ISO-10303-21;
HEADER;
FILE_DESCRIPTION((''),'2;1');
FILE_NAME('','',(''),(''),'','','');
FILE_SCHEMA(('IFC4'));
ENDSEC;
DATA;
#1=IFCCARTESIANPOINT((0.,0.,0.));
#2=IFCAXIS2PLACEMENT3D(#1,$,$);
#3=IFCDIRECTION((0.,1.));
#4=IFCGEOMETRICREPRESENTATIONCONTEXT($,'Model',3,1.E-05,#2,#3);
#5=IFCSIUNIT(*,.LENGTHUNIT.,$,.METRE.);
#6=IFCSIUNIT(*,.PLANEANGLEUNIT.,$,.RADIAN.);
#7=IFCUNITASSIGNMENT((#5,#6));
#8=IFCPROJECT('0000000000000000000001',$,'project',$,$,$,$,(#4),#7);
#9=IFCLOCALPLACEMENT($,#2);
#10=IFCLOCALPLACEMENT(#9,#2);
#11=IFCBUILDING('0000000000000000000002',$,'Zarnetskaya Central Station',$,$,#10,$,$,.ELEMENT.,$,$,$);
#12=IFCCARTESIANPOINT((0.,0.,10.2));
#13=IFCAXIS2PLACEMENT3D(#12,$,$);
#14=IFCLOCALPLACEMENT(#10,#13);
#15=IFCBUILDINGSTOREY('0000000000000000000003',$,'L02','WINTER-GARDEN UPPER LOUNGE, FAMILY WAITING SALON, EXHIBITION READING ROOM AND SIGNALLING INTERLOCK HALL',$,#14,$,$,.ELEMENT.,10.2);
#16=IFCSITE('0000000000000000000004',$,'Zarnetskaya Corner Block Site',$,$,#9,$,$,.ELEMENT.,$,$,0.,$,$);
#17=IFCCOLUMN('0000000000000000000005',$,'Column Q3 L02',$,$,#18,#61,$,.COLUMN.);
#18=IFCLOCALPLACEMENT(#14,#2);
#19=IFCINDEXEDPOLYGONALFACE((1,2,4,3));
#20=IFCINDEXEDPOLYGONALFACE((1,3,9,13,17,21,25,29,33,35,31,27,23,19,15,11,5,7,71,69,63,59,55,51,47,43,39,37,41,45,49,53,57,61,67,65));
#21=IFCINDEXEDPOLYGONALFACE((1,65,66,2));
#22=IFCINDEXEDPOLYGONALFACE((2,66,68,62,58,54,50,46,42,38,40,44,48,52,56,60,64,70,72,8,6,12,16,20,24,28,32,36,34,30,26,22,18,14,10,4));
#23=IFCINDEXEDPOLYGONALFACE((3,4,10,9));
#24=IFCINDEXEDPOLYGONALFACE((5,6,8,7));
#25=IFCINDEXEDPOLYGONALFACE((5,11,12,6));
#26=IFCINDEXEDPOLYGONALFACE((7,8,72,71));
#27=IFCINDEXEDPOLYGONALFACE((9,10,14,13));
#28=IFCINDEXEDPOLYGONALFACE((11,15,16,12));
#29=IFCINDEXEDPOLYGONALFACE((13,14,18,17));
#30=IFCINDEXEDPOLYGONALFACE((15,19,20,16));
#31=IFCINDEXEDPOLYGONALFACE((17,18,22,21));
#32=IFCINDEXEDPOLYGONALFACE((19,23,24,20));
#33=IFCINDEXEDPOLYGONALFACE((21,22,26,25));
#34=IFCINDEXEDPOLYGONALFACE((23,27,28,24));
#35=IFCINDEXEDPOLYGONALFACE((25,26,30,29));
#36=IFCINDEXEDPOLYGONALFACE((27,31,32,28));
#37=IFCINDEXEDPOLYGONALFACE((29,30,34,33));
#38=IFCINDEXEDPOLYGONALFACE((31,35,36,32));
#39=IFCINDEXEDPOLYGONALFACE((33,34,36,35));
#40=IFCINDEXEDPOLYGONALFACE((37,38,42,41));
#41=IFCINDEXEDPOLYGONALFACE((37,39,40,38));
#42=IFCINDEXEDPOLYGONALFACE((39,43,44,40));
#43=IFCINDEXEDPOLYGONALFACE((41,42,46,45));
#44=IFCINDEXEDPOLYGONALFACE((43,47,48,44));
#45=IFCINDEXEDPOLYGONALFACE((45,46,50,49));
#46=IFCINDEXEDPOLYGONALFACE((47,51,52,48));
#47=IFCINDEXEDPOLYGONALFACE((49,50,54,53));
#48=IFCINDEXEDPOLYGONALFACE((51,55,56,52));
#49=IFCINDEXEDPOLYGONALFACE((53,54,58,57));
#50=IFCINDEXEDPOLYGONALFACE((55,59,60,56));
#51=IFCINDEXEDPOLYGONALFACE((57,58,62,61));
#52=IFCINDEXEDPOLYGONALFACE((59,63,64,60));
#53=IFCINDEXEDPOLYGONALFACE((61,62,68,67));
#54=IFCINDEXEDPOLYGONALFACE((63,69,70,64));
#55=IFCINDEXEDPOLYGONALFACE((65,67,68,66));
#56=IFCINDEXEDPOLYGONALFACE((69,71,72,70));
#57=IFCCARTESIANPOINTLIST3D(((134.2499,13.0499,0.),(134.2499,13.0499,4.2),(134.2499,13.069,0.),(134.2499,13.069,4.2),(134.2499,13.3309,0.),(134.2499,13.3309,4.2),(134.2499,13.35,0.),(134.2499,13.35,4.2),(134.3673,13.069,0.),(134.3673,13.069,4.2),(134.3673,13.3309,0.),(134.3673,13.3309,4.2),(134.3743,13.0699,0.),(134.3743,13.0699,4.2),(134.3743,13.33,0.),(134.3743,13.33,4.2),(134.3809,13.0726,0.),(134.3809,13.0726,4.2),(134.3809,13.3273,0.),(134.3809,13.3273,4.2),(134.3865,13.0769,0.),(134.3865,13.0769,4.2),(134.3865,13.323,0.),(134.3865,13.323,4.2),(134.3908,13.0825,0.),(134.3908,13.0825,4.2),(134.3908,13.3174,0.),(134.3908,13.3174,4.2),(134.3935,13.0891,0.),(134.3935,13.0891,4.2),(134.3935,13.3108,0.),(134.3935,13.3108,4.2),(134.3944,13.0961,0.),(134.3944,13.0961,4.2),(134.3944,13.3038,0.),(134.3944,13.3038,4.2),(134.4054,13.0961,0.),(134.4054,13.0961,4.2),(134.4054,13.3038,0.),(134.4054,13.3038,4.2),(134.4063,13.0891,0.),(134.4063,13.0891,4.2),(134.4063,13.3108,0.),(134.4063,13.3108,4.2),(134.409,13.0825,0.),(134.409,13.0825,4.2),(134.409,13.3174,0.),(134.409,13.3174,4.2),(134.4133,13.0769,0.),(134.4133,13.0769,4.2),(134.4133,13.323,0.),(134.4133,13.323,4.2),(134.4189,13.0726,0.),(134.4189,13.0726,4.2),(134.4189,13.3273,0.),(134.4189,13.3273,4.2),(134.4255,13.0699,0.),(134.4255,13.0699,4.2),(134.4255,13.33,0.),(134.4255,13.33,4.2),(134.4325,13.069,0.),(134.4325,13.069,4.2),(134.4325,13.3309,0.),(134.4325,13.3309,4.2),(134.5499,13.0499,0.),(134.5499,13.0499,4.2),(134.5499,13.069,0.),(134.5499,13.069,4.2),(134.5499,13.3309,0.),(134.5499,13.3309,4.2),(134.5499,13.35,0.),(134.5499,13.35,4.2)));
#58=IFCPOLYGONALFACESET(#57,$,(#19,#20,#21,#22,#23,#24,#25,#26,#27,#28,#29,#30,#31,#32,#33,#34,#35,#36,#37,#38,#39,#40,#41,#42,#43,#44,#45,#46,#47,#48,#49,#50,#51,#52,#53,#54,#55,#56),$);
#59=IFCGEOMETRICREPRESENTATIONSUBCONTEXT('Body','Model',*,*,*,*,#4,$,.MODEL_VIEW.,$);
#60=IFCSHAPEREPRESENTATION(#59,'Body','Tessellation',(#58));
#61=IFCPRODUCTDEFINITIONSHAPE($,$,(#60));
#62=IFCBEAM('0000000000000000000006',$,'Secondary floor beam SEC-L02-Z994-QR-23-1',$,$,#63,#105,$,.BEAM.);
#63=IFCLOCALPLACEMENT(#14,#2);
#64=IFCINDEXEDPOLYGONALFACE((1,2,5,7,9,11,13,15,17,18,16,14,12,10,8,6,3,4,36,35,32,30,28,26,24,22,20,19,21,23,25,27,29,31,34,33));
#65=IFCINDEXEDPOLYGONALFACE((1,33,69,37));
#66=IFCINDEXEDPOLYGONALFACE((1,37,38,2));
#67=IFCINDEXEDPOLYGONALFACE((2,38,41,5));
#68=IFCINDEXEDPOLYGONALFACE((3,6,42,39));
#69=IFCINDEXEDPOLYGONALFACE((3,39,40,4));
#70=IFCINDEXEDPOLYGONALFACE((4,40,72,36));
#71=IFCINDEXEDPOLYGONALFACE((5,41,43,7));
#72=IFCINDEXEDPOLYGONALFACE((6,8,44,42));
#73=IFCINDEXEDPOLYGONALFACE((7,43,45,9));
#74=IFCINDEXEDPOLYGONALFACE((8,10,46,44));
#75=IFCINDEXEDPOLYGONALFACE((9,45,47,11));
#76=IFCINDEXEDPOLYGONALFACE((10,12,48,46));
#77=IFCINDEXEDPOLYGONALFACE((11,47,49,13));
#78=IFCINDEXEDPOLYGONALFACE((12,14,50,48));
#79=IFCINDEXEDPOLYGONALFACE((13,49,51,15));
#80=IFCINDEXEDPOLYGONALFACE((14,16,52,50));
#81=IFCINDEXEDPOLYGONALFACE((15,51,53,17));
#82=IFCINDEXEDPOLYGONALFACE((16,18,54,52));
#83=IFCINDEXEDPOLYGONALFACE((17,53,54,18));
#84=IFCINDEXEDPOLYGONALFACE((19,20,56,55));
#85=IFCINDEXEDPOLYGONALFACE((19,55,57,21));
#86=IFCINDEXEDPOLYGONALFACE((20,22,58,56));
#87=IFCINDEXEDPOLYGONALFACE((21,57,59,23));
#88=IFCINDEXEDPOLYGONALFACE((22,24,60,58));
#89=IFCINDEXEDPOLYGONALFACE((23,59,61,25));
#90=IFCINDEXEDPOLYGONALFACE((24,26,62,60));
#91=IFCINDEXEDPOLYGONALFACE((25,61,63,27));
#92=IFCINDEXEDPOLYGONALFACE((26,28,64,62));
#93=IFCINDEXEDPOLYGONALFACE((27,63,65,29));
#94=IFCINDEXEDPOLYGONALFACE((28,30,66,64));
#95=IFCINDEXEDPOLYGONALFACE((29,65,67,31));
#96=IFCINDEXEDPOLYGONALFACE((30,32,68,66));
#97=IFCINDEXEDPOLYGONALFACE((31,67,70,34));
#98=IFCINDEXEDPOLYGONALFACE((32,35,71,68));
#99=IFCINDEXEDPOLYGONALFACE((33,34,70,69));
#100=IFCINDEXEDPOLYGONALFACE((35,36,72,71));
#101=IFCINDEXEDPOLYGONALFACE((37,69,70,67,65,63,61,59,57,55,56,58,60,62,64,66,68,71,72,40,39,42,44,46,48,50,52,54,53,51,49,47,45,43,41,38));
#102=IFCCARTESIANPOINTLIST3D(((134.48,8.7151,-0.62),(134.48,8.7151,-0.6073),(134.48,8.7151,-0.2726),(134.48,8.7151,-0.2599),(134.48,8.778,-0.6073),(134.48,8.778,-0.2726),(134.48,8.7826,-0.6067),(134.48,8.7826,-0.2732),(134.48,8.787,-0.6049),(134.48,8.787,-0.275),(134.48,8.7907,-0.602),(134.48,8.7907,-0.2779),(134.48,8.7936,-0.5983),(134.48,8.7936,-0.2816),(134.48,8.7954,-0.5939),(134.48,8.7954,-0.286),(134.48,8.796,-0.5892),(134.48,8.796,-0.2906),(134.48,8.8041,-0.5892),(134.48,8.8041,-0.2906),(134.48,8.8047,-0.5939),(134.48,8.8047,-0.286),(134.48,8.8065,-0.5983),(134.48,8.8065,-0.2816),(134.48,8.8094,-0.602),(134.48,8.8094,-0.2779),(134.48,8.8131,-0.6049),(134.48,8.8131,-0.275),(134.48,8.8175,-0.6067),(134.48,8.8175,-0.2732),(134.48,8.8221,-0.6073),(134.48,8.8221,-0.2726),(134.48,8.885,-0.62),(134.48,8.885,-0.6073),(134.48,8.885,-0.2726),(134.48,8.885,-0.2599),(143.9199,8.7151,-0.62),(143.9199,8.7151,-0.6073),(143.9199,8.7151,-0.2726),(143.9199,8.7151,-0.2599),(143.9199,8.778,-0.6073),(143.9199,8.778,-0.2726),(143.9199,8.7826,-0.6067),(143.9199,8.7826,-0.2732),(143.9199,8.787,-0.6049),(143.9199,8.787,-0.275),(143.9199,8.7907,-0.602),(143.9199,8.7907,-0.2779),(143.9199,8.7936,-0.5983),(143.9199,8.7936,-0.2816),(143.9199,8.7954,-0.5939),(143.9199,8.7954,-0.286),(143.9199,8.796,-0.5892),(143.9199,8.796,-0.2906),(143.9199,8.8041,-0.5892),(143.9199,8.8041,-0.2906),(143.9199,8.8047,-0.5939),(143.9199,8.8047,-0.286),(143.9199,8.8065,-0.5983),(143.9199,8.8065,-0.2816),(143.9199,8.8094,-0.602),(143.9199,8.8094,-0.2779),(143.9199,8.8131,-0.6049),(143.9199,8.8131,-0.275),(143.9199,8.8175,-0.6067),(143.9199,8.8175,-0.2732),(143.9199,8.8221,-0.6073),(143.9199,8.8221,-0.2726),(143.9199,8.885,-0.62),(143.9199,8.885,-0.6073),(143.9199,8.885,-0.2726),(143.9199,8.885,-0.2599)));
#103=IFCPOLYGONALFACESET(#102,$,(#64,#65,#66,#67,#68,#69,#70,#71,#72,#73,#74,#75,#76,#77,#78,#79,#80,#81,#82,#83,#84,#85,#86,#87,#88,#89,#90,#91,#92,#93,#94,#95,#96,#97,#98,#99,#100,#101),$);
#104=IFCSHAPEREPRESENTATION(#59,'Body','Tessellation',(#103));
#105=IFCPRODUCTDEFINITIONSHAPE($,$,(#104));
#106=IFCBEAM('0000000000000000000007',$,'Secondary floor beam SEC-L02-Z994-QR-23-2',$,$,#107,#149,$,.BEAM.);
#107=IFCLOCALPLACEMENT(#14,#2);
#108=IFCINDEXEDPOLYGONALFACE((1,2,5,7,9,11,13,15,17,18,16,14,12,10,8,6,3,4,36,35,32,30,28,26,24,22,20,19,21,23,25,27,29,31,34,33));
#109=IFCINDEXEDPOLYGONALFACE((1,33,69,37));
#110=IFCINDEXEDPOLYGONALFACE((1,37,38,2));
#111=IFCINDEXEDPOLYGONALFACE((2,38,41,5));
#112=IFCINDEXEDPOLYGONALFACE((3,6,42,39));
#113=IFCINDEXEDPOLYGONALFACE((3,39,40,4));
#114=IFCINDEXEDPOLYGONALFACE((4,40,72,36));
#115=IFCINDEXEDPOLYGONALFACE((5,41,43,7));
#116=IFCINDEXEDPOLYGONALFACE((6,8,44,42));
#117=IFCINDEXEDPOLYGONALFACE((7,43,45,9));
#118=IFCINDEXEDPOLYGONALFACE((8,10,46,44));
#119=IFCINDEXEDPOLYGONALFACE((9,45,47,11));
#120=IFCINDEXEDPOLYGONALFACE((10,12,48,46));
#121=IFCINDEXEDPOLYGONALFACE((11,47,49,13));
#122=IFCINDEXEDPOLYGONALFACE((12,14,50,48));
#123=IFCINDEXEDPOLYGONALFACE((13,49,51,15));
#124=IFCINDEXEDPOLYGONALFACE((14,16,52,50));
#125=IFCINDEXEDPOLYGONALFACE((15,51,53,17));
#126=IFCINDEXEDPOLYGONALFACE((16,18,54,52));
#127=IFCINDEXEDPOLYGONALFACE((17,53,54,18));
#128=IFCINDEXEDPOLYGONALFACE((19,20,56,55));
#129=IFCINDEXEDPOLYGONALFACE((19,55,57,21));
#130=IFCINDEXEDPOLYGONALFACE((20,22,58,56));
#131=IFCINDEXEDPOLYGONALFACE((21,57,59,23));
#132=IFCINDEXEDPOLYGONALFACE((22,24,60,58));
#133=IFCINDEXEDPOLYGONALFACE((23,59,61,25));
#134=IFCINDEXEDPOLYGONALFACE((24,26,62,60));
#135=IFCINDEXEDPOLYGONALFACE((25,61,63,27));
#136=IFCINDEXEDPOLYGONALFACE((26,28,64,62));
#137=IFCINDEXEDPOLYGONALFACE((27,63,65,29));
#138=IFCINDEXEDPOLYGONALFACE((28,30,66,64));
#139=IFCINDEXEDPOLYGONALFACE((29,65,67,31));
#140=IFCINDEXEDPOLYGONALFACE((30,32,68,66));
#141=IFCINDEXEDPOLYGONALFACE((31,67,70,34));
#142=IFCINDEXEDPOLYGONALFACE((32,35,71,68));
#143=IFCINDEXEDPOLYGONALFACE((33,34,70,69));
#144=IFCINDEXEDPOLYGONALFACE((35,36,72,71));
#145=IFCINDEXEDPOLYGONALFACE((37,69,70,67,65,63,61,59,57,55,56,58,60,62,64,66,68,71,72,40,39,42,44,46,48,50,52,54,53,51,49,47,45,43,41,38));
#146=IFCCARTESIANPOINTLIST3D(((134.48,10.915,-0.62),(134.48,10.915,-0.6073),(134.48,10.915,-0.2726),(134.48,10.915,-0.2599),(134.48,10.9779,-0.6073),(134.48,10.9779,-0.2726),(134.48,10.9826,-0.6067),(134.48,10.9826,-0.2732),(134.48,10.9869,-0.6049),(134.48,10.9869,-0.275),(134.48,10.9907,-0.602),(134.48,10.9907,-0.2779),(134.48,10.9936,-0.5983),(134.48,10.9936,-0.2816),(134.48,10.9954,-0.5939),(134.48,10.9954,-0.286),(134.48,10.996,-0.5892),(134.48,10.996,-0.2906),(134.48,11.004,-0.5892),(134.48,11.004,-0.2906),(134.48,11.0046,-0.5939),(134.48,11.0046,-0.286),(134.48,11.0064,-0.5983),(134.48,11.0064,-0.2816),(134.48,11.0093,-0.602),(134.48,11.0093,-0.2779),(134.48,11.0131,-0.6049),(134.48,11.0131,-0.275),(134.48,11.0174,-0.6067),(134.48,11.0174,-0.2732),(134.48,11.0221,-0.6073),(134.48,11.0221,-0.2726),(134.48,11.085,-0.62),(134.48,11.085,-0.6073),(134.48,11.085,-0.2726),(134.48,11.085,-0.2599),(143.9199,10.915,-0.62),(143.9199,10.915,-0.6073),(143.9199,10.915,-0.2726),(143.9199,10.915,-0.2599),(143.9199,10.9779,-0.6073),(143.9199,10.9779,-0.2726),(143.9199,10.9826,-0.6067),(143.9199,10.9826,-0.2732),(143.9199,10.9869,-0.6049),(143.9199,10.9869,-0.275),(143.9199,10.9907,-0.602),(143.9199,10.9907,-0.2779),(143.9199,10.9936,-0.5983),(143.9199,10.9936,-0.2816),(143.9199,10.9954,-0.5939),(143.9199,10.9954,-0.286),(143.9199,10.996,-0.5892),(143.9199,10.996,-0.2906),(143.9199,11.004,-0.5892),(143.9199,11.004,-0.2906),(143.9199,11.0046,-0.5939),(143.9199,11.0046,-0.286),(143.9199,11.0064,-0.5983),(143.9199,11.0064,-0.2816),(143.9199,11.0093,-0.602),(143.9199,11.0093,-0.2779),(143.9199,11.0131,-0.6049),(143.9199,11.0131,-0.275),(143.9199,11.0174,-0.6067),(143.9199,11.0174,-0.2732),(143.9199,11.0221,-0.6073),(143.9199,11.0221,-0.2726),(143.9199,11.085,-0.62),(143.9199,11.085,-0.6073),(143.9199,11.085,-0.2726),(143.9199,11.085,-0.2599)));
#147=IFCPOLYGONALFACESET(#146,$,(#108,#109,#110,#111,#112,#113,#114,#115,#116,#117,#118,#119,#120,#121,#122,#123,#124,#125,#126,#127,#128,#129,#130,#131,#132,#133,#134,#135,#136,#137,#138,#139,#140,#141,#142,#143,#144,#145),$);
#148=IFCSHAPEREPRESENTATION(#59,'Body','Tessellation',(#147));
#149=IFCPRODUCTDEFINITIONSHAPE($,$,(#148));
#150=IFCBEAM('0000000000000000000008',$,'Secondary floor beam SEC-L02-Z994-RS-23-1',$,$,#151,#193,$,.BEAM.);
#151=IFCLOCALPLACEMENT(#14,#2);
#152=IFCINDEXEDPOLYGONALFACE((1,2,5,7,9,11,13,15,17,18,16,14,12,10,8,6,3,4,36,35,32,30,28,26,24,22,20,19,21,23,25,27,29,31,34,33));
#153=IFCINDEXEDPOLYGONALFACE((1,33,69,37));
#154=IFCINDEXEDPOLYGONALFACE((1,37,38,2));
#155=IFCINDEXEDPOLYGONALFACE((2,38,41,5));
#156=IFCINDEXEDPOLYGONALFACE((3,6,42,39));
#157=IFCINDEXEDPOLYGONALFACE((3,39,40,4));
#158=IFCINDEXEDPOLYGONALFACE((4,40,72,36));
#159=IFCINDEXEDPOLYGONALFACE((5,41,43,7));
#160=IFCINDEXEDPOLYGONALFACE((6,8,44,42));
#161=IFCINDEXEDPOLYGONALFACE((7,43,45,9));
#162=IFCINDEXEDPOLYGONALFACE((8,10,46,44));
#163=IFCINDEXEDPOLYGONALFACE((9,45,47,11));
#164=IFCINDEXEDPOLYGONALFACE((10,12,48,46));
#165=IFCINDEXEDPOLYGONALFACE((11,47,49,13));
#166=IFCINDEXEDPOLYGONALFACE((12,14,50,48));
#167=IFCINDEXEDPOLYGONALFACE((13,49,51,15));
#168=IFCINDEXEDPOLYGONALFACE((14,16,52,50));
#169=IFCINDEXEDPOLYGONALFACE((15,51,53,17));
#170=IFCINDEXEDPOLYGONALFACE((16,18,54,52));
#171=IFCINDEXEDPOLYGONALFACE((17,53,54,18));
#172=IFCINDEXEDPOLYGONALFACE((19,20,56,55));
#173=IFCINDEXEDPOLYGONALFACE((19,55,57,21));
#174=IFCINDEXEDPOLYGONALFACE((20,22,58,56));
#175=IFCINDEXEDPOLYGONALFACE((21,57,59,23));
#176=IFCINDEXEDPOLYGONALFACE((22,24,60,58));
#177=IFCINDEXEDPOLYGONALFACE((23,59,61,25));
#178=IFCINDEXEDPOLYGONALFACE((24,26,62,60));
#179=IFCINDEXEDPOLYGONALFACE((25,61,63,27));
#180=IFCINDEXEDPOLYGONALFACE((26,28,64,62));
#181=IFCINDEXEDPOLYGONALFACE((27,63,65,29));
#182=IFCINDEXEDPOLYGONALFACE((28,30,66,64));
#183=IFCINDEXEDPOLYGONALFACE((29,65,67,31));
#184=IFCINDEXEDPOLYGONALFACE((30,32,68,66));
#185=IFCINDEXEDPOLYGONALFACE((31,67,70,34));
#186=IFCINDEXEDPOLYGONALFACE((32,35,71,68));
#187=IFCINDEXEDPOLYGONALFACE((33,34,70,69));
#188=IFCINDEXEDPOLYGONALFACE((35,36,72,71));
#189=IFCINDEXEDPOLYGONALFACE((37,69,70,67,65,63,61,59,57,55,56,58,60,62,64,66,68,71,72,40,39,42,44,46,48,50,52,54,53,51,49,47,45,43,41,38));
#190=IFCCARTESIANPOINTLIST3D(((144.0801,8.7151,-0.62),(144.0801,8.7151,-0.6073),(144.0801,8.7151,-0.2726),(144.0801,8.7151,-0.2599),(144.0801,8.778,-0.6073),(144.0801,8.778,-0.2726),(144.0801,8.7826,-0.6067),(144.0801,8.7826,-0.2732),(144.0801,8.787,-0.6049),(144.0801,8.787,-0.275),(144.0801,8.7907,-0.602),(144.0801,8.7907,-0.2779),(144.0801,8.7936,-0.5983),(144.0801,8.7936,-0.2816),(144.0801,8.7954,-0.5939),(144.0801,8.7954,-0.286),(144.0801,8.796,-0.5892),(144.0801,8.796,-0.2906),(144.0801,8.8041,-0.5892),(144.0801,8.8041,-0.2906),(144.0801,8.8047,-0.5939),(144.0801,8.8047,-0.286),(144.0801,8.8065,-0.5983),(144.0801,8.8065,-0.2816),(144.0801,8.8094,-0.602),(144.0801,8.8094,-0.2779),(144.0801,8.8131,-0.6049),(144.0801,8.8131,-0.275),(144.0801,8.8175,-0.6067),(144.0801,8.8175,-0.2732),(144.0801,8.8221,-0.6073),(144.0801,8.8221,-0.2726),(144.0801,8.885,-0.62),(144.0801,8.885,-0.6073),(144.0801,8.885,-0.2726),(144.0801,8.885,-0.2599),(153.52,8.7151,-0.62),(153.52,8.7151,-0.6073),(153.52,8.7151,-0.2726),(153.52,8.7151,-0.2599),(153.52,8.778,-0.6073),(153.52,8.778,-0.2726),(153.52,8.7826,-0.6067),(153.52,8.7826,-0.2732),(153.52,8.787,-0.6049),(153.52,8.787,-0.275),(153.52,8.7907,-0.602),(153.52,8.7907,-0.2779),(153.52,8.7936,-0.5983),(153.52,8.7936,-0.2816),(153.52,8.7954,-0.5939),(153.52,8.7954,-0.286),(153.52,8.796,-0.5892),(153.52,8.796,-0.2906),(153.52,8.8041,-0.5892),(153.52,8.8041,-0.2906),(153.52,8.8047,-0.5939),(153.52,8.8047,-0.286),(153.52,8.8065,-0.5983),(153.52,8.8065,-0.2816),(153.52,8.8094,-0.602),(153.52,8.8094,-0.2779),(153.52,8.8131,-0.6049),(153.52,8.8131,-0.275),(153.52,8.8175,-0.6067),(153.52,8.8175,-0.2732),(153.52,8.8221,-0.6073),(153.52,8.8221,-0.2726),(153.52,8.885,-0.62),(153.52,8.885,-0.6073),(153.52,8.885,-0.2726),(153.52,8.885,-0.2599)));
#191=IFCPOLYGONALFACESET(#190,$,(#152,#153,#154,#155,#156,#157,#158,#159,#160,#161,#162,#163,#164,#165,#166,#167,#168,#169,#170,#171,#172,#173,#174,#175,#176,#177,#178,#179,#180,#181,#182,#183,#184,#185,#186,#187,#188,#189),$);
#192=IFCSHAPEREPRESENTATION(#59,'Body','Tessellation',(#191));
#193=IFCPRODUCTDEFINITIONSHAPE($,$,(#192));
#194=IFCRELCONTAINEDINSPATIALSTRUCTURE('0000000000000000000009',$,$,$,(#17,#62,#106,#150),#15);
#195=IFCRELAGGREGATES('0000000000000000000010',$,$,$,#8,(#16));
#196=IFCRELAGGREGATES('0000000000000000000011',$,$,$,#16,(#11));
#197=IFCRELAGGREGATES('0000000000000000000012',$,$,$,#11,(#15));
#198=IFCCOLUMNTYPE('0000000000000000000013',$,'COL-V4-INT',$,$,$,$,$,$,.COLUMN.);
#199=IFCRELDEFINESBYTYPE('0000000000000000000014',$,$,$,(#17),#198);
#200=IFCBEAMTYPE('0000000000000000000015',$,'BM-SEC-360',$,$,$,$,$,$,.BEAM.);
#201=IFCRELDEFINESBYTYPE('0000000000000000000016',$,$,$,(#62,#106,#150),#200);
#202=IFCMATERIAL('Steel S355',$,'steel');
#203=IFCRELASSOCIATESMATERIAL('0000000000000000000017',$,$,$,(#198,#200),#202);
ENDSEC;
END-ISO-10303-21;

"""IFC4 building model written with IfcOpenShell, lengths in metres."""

from ifc_helpers import new_model, si_unit, direction, frame, origin, origin_2d, place, context, subcontext, project, spatial, i_section, extrude, material, material_profile, profile_set, type_object, element, save


model = new_model("IFC4")

# Units and contexts
model_context = context("Model", 3, precision=1e-05, world=origin(), true_north=direction((0.0, 1.0)))
body_context = subcontext(model_context, "Body", "Model", "MODEL_VIEW")
ifc_project = project(units=[si_unit("LENGTHUNIT", "METRE"), si_unit("PLANEANGLEUNIT", "RADIAN")], contexts=[model_context])

# Site, building, storey
site_placement = place(None, origin())
site = spatial("IfcSite", under=ifc_project, at=site_placement, Name="Zarnetskaya Corner Block Site", CompositionType="ELEMENT", RefElevation=0.0)
building_placement = place(site_placement, origin())
building = spatial("IfcBuilding", under=site, at=building_placement, Name="Zarnetskaya Central Station", CompositionType="ELEMENT")
storey_placement = place(building_placement, frame((0.0, 0.0, 10.2)))
storey = spatial("IfcBuildingStorey", under=building, at=storey_placement, Name="L02", Description="WINTER-GARDEN UPPER LOUNGE, FAMILY WAITING SALON, EXHIBITION READING ROOM AND SIGNALLING INTERLOCK HALL", CompositionType="ELEMENT", Elevation=10.2)

# Column
ifc_material_1 = material(Name="Steel S355", Category="steel")
ifc_material_profile_1 = material_profile(ifc_material_1, i_section(OverallWidth=0.3, OverallDepth=0.3, WebThickness=0.011, FlangeThickness=0.019, FilletRadius=0.0271, at=origin_2d()), Name="HEB 300")
ifc_profile_set_1 = profile_set([ifc_material_profile_1], Name="Steel S355")
column_type = type_object("IfcColumnType", Name="COL-V4-INT", PredefinedType="COLUMN", material=ifc_profile_set_1)
column_placement = place(storey_placement, frame((134.3999, 13.2, 0.0), z_axis=(0.0, 0.0, 1.0), x_axis=(1.0, 0.0, 0.0)))
element("IfcColumn", 1, at=column_placement, inside=storey, type_object=column_type, Name="Column Q3 L02", PredefinedType="COLUMN", context=body_context, shape_type="SweptSolid", body=[
    extrude(i_section(OverallWidth=0.3, OverallDepth=0.3, WebThickness=0.011, FlangeThickness=0.019, FilletRadius=0.0271, at=origin_2d()), origin(), (0.0, 0.0, 1.0), 4.2),
])

# Beams
ifc_material_profile_2 = material_profile(ifc_material_1, i_section(OverallWidth=0.1699, OverallDepth=0.3601, WebThickness=0.0081, FlangeThickness=0.0127, FilletRadius=0.0181, at=origin_2d()), Name="IPE 360")
ifc_profile_set_2 = profile_set([ifc_material_profile_2], Name="Steel S355")
beam_type_1 = type_object("IfcBeamType", Name="BM-SEC-360", PredefinedType="BEAM", material=ifc_profile_set_2)
for number, where, z_axis, x_axis, name in (
    (2, (134.48, 8.8, -0.4399), (1.0, 0.0, 0.0), (0.0, 1.0, 0.0), "Secondary floor beam SEC-L02-Z994-QR-23-1"),
    (3, (134.48, 11.0, -0.4399), (1.0, 0.0, 0.0), (0.0, 1.0, 0.0), "Secondary floor beam SEC-L02-Z994-QR-23-2"),
    (4, (144.0801, 8.8, -0.4399), (1.0, 0.0, 0.0), (0.0, 1.0, 0.0), "Secondary floor beam SEC-L02-Z994-RS-23-1"),
):
    element("IfcBeam", number, at=place(storey_placement, frame(where, z_axis=z_axis, x_axis=x_axis)), inside=storey, type_object=beam_type_1, Name=name, PredefinedType="BEAM", context=body_context, shape_type="SweptSolid", body=[
        extrude(i_section(OverallWidth=0.1699, OverallDepth=0.3601, WebThickness=0.0081, FlangeThickness=0.0127, FilletRadius=0.0181, at=origin_2d()), origin(), (0.0, 0.0, 1.0), 9.4399),
    ])

save(model, "model.ifc")
